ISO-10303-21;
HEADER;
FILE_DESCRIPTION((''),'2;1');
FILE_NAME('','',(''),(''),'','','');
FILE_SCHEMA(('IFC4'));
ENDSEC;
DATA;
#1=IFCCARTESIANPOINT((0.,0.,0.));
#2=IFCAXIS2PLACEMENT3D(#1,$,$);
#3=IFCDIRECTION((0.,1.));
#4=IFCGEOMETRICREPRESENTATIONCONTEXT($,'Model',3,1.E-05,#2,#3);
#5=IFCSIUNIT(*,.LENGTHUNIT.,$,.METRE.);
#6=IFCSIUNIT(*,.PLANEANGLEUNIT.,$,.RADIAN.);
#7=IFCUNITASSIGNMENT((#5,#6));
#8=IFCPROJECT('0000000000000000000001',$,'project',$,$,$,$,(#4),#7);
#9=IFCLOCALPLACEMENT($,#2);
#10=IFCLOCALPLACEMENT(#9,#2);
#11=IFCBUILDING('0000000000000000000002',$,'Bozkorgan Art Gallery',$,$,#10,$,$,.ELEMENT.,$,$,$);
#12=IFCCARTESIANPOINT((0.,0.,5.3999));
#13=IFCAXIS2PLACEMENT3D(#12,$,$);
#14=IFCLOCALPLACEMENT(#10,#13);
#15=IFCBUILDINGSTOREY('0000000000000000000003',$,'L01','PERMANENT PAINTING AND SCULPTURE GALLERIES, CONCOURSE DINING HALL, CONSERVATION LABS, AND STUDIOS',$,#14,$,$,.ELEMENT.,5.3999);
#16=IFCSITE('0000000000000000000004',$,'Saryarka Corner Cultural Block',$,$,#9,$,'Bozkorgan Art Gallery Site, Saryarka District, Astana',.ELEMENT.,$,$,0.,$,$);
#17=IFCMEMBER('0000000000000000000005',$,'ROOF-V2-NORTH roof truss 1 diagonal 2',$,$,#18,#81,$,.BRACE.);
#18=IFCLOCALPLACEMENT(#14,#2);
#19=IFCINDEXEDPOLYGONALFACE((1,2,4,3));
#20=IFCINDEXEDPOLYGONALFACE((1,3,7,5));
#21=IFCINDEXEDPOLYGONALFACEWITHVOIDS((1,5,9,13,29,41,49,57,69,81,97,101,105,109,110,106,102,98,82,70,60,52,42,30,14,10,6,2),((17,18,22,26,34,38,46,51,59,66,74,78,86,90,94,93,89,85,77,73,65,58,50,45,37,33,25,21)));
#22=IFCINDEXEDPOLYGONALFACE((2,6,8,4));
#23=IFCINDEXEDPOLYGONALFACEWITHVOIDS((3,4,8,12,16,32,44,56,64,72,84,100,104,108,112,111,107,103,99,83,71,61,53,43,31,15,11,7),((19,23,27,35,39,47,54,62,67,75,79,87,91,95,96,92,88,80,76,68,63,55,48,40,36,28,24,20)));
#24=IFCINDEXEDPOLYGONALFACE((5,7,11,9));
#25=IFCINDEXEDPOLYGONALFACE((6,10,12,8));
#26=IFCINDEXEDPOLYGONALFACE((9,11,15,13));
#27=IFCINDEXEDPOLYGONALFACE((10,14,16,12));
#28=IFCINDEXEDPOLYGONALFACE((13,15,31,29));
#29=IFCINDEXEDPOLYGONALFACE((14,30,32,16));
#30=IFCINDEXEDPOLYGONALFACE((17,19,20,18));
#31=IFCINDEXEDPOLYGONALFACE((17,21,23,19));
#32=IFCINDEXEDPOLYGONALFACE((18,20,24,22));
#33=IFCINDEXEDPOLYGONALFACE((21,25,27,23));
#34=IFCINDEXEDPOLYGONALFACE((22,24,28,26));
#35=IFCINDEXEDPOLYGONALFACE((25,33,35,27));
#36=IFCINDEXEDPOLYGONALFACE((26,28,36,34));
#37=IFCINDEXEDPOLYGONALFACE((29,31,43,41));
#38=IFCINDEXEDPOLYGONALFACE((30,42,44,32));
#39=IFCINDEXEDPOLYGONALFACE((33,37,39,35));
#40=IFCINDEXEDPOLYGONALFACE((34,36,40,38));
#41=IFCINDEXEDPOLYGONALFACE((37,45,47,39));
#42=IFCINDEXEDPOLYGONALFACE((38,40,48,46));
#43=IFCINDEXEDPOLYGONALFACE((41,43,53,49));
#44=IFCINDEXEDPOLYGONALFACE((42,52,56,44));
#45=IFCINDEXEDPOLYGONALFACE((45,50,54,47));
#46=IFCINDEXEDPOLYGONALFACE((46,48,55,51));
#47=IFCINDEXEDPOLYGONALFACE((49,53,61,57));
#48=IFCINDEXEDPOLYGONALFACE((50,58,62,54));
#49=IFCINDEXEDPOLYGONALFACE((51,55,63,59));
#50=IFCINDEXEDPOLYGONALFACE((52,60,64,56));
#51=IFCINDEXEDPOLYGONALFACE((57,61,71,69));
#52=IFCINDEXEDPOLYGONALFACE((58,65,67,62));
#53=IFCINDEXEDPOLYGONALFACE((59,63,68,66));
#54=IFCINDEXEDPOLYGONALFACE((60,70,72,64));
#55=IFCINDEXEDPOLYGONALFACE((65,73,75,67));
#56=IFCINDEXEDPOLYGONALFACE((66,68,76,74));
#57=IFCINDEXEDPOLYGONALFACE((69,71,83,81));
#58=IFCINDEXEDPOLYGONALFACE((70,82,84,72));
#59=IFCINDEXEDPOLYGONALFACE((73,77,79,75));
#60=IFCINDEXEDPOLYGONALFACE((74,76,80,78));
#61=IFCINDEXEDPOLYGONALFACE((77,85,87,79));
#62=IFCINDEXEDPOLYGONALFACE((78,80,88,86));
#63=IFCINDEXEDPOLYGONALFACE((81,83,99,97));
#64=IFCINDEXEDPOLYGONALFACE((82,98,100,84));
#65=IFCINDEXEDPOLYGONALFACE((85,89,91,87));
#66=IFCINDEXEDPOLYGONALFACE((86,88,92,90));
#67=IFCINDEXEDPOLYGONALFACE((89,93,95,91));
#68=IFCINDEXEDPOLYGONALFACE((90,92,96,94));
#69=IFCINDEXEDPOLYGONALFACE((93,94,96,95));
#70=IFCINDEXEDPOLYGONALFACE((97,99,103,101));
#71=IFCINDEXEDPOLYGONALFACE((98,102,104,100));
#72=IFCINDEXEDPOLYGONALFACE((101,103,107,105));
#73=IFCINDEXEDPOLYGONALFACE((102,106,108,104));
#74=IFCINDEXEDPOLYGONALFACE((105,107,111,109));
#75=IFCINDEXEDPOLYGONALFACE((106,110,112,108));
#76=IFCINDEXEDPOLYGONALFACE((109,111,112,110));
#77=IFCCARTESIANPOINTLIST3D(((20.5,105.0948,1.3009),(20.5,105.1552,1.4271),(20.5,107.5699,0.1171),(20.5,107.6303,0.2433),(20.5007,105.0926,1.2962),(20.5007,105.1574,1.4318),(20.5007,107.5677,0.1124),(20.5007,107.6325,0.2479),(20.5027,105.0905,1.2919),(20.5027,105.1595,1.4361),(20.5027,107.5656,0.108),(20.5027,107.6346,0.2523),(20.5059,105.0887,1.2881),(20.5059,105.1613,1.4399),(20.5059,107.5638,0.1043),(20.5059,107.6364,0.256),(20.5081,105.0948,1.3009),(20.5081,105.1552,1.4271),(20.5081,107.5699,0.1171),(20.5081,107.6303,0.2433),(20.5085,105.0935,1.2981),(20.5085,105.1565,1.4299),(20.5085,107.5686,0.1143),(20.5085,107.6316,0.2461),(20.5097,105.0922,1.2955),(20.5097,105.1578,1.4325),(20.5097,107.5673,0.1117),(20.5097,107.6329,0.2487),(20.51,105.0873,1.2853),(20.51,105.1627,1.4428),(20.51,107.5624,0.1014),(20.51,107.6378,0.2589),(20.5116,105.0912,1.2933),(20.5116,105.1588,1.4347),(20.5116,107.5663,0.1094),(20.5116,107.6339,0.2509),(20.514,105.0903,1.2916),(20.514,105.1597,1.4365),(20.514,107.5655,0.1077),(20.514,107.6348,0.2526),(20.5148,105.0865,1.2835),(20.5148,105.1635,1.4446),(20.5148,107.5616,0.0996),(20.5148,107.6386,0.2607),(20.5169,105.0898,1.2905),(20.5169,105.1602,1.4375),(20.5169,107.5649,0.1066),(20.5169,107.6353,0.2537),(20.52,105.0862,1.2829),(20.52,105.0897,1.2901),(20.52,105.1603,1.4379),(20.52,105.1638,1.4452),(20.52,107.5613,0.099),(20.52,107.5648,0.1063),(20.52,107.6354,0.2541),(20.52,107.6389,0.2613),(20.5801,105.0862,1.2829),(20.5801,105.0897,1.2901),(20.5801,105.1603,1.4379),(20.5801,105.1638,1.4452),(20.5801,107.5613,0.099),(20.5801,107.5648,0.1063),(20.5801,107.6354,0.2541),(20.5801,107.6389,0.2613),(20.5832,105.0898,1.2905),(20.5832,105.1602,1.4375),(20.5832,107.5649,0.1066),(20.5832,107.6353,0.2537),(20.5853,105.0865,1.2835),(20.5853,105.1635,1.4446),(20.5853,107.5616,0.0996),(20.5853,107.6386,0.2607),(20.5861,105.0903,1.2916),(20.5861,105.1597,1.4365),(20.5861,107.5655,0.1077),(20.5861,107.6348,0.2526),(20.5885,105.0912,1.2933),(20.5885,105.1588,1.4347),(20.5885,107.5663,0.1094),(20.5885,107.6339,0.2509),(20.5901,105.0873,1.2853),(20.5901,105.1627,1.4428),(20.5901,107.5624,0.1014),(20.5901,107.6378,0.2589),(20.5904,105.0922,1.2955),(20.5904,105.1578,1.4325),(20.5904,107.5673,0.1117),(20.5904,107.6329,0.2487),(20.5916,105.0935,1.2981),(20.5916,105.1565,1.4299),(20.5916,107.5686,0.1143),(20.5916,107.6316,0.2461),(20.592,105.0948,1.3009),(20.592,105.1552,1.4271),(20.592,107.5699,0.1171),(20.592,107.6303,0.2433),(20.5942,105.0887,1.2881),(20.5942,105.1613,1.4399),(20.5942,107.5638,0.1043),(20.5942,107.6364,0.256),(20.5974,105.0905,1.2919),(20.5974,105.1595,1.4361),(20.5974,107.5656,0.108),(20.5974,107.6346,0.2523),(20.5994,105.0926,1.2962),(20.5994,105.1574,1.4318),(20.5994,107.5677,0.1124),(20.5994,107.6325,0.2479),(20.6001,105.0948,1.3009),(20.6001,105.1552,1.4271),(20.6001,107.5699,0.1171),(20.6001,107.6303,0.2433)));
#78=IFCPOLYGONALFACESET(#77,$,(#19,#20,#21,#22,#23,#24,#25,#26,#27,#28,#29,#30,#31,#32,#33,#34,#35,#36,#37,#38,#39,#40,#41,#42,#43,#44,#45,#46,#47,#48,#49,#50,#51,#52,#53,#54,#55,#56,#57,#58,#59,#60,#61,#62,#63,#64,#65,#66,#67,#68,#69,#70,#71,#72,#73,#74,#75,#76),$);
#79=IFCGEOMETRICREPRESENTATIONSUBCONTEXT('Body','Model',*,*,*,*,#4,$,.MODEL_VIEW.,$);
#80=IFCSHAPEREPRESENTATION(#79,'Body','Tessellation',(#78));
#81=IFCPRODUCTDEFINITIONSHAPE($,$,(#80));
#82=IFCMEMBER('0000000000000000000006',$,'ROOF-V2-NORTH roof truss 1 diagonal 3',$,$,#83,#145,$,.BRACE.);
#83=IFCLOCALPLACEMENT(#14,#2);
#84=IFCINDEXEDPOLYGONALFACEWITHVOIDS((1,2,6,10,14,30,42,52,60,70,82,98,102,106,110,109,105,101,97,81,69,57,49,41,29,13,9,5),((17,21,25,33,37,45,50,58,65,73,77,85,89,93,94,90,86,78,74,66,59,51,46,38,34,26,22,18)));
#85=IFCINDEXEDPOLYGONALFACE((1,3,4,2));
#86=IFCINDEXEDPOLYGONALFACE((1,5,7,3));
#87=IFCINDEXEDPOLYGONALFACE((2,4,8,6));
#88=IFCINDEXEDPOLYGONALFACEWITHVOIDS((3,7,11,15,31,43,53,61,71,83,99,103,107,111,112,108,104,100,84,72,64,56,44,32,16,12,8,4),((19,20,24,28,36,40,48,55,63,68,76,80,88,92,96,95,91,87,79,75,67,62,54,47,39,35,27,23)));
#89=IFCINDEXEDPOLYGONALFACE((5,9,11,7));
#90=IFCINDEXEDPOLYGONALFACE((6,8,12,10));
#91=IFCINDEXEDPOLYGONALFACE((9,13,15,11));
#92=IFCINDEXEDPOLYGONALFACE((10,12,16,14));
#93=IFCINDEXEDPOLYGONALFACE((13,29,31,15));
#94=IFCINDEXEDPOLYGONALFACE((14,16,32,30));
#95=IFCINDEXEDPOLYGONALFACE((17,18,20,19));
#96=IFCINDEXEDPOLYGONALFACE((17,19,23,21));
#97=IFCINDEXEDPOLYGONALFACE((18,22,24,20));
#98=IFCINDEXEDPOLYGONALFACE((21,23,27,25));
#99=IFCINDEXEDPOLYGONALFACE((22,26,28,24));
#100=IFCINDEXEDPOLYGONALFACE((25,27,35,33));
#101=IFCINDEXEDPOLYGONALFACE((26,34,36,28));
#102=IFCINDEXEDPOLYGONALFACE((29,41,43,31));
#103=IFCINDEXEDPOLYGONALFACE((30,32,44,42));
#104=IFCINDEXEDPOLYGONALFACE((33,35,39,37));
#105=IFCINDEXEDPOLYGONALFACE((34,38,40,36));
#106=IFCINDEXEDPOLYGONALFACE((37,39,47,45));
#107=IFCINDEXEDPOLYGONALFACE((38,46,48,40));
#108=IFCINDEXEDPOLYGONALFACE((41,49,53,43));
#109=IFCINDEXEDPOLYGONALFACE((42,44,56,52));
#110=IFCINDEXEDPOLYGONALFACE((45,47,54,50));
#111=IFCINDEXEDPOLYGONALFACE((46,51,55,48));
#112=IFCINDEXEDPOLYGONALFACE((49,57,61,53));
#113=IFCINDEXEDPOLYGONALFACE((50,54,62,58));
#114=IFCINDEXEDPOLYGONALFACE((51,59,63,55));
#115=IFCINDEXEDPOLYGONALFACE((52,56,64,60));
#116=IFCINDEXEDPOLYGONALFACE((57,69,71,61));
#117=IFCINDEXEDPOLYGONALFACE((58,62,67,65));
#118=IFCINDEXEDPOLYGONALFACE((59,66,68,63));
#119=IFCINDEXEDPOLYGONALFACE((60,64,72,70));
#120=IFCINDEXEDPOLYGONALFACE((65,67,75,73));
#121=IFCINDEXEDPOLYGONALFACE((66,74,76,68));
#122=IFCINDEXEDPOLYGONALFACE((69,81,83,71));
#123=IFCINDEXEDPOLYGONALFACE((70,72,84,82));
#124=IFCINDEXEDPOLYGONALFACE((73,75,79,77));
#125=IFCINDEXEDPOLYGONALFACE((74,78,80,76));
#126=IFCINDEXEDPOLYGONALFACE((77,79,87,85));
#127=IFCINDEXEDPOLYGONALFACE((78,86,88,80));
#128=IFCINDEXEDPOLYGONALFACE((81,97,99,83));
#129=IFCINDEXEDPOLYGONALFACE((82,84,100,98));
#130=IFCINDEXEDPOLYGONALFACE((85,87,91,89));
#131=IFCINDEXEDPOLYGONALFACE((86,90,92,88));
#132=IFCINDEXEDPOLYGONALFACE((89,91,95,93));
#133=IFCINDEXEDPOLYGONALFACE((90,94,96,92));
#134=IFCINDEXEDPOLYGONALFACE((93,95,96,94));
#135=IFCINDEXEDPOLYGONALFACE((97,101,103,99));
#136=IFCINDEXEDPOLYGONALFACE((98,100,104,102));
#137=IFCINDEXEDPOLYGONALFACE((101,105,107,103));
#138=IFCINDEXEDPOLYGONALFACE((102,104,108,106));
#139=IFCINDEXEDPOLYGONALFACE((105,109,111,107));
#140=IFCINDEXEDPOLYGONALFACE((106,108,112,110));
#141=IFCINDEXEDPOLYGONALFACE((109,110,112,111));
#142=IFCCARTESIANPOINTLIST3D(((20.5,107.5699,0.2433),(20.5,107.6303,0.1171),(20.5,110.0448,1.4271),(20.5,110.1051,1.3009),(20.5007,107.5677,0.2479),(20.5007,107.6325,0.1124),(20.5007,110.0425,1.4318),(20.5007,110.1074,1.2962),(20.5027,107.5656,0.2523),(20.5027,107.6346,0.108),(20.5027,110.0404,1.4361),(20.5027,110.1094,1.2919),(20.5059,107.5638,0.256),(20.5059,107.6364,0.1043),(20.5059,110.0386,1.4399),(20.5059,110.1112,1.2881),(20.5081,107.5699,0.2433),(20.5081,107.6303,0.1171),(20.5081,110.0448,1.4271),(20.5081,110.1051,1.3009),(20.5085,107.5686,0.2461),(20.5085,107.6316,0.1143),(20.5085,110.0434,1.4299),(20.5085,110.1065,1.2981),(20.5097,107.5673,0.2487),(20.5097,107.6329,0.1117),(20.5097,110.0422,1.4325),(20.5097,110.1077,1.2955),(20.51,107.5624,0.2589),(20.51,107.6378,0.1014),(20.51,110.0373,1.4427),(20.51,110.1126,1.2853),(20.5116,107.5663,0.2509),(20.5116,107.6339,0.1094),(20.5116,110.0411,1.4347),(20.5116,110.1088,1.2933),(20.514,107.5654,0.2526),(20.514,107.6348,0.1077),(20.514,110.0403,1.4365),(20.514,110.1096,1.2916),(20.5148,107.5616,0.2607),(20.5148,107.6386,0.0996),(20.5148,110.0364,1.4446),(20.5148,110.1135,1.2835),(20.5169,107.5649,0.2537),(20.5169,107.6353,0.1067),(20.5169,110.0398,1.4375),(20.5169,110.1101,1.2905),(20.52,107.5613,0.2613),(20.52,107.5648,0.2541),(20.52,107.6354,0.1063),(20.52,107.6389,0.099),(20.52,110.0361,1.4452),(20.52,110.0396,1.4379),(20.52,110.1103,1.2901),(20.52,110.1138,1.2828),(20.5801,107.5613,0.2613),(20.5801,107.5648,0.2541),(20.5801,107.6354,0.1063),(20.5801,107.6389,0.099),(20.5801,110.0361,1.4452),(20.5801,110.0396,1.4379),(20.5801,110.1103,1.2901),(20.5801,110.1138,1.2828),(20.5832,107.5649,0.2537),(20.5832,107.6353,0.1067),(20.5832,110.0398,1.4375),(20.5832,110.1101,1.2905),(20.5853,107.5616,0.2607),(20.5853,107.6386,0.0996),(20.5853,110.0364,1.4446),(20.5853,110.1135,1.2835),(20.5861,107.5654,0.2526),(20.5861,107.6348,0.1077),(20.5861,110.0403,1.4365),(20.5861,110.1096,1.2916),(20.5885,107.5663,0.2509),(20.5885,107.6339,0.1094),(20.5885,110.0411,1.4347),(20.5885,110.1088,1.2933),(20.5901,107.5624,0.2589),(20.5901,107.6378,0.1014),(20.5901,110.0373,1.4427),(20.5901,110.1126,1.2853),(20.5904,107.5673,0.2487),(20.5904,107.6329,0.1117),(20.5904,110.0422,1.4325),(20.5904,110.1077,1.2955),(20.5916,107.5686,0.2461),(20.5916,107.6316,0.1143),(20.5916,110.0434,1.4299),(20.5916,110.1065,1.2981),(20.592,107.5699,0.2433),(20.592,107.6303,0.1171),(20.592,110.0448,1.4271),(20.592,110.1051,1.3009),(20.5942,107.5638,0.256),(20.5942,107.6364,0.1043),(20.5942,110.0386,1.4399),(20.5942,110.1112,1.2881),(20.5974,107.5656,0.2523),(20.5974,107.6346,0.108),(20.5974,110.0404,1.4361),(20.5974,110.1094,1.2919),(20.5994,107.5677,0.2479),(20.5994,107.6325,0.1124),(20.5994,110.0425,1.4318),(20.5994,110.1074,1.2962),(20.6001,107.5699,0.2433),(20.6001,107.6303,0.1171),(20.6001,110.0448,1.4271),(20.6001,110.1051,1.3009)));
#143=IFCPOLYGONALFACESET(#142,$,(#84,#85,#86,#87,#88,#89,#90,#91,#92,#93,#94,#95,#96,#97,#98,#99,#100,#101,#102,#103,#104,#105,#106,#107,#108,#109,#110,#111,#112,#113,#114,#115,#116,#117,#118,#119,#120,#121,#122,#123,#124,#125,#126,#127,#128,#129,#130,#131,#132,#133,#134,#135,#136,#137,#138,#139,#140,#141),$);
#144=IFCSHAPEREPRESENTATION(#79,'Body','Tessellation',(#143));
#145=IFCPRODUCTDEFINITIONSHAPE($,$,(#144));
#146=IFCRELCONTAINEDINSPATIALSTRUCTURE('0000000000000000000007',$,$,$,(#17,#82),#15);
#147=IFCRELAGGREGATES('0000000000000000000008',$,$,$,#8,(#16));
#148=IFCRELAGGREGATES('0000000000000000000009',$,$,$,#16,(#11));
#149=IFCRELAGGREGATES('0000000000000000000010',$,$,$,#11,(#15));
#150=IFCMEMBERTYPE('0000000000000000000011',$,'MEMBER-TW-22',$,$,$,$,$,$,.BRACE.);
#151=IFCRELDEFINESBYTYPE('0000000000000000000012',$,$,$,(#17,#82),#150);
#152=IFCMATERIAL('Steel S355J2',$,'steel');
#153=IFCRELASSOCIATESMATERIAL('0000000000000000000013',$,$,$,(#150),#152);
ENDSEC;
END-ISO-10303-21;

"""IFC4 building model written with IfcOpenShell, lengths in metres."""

from ifc_helpers import new_model, si_unit, direction, frame, origin, origin_2d, place, context, subcontext, project, spatial, hollow_rectangle, extrude, material, material_profile, profile_set, type_object, element, save


model = new_model("IFC4")

# Units and contexts
model_context = context("Model", 3, precision=1e-05, world=origin(), true_north=direction((0.0, 1.0)))
body_context = subcontext(model_context, "Body", "Model", "MODEL_VIEW")
ifc_project = project(units=[si_unit("LENGTHUNIT", "METRE"), si_unit("PLANEANGLEUNIT", "RADIAN")], contexts=[model_context])

# Site, building, storey
site_placement = place(None, origin())
site = spatial("IfcSite", under=ifc_project, at=site_placement, Name="Saryarka Corner Cultural Block", LongName="Bozkorgan Art Gallery Site, Saryarka District, Astana", CompositionType="ELEMENT", RefElevation=0.0)
building_placement = place(site_placement, origin())
building = spatial("IfcBuilding", under=site, at=building_placement, Name="Bozkorgan Art Gallery", CompositionType="ELEMENT")
storey_placement = place(building_placement, frame((0.0, 0.0, 5.3999)))
storey = spatial("IfcBuildingStorey", under=building, at=storey_placement, Name="L01", Description="PERMANENT PAINTING AND SCULPTURE GALLERIES, CONCOURSE DINING HALL, CONSERVATION LABS, AND STUDIOS", CompositionType="ELEMENT", Elevation=5.3999)

# Shared definitions
ifc_material_1 = material(Name="Steel S355J2", Category="steel")

# Members
ifc_material_profile_1 = material_profile(ifc_material_1, hollow_rectangle(XDim=0.1001, YDim=0.1799, WallThickness=0.0081, InnerFilletRadius=0.012, OuterFilletRadius=0.02, at=origin_2d()), Name="RHS 180x100x8")
ifc_profile_set_1 = profile_set([ifc_material_profile_1], Name="Steel S355J2")
member_type_1 = type_object("IfcMemberType", Name="MEMBER-TW-22", PredefinedType="BRACE", material=ifc_profile_set_1)
member_1_placement = place(storey_placement, frame((20.55, 105.125, 1.364), z_axis=(0.0, 0.902121, -0.431484), x_axis=(-1.0, 0.0, 0.0)))
element("IfcMember", 1, at=member_1_placement, inside=storey, type_object=member_type_1, Name="ROOF-V2-NORTH roof truss 1 diagonal 2", PredefinedType="BRACE", context=body_context, shape_type="SweptSolid", body=[
    extrude(hollow_rectangle(XDim=0.1001, YDim=0.1799, WallThickness=0.0081, InnerFilletRadius=0.012, OuterFilletRadius=0.02, at=origin_2d()), origin(), (0.0, 0.0, 1.0), 2.7437),
])
member_2_placement = place(storey_placement, frame((20.55, 107.6001, 0.1802), z_axis=(0.0, 0.902104, 0.431518), x_axis=(-1.0, 0.0, 0.0)))
element("IfcMember", 2, at=member_2_placement, inside=storey, type_object=member_type_1, Name="ROOF-V2-NORTH roof truss 1 diagonal 3", PredefinedType="BRACE", context=body_context, shape_type="SweptSolid", body=[
    extrude(hollow_rectangle(XDim=0.1001, YDim=0.1799, WallThickness=0.0081, InnerFilletRadius=0.012, OuterFilletRadius=0.02, at=origin_2d()), origin(), (0.0, 0.0, 1.0), 2.7434),
])

save(model, "model.ifc")
